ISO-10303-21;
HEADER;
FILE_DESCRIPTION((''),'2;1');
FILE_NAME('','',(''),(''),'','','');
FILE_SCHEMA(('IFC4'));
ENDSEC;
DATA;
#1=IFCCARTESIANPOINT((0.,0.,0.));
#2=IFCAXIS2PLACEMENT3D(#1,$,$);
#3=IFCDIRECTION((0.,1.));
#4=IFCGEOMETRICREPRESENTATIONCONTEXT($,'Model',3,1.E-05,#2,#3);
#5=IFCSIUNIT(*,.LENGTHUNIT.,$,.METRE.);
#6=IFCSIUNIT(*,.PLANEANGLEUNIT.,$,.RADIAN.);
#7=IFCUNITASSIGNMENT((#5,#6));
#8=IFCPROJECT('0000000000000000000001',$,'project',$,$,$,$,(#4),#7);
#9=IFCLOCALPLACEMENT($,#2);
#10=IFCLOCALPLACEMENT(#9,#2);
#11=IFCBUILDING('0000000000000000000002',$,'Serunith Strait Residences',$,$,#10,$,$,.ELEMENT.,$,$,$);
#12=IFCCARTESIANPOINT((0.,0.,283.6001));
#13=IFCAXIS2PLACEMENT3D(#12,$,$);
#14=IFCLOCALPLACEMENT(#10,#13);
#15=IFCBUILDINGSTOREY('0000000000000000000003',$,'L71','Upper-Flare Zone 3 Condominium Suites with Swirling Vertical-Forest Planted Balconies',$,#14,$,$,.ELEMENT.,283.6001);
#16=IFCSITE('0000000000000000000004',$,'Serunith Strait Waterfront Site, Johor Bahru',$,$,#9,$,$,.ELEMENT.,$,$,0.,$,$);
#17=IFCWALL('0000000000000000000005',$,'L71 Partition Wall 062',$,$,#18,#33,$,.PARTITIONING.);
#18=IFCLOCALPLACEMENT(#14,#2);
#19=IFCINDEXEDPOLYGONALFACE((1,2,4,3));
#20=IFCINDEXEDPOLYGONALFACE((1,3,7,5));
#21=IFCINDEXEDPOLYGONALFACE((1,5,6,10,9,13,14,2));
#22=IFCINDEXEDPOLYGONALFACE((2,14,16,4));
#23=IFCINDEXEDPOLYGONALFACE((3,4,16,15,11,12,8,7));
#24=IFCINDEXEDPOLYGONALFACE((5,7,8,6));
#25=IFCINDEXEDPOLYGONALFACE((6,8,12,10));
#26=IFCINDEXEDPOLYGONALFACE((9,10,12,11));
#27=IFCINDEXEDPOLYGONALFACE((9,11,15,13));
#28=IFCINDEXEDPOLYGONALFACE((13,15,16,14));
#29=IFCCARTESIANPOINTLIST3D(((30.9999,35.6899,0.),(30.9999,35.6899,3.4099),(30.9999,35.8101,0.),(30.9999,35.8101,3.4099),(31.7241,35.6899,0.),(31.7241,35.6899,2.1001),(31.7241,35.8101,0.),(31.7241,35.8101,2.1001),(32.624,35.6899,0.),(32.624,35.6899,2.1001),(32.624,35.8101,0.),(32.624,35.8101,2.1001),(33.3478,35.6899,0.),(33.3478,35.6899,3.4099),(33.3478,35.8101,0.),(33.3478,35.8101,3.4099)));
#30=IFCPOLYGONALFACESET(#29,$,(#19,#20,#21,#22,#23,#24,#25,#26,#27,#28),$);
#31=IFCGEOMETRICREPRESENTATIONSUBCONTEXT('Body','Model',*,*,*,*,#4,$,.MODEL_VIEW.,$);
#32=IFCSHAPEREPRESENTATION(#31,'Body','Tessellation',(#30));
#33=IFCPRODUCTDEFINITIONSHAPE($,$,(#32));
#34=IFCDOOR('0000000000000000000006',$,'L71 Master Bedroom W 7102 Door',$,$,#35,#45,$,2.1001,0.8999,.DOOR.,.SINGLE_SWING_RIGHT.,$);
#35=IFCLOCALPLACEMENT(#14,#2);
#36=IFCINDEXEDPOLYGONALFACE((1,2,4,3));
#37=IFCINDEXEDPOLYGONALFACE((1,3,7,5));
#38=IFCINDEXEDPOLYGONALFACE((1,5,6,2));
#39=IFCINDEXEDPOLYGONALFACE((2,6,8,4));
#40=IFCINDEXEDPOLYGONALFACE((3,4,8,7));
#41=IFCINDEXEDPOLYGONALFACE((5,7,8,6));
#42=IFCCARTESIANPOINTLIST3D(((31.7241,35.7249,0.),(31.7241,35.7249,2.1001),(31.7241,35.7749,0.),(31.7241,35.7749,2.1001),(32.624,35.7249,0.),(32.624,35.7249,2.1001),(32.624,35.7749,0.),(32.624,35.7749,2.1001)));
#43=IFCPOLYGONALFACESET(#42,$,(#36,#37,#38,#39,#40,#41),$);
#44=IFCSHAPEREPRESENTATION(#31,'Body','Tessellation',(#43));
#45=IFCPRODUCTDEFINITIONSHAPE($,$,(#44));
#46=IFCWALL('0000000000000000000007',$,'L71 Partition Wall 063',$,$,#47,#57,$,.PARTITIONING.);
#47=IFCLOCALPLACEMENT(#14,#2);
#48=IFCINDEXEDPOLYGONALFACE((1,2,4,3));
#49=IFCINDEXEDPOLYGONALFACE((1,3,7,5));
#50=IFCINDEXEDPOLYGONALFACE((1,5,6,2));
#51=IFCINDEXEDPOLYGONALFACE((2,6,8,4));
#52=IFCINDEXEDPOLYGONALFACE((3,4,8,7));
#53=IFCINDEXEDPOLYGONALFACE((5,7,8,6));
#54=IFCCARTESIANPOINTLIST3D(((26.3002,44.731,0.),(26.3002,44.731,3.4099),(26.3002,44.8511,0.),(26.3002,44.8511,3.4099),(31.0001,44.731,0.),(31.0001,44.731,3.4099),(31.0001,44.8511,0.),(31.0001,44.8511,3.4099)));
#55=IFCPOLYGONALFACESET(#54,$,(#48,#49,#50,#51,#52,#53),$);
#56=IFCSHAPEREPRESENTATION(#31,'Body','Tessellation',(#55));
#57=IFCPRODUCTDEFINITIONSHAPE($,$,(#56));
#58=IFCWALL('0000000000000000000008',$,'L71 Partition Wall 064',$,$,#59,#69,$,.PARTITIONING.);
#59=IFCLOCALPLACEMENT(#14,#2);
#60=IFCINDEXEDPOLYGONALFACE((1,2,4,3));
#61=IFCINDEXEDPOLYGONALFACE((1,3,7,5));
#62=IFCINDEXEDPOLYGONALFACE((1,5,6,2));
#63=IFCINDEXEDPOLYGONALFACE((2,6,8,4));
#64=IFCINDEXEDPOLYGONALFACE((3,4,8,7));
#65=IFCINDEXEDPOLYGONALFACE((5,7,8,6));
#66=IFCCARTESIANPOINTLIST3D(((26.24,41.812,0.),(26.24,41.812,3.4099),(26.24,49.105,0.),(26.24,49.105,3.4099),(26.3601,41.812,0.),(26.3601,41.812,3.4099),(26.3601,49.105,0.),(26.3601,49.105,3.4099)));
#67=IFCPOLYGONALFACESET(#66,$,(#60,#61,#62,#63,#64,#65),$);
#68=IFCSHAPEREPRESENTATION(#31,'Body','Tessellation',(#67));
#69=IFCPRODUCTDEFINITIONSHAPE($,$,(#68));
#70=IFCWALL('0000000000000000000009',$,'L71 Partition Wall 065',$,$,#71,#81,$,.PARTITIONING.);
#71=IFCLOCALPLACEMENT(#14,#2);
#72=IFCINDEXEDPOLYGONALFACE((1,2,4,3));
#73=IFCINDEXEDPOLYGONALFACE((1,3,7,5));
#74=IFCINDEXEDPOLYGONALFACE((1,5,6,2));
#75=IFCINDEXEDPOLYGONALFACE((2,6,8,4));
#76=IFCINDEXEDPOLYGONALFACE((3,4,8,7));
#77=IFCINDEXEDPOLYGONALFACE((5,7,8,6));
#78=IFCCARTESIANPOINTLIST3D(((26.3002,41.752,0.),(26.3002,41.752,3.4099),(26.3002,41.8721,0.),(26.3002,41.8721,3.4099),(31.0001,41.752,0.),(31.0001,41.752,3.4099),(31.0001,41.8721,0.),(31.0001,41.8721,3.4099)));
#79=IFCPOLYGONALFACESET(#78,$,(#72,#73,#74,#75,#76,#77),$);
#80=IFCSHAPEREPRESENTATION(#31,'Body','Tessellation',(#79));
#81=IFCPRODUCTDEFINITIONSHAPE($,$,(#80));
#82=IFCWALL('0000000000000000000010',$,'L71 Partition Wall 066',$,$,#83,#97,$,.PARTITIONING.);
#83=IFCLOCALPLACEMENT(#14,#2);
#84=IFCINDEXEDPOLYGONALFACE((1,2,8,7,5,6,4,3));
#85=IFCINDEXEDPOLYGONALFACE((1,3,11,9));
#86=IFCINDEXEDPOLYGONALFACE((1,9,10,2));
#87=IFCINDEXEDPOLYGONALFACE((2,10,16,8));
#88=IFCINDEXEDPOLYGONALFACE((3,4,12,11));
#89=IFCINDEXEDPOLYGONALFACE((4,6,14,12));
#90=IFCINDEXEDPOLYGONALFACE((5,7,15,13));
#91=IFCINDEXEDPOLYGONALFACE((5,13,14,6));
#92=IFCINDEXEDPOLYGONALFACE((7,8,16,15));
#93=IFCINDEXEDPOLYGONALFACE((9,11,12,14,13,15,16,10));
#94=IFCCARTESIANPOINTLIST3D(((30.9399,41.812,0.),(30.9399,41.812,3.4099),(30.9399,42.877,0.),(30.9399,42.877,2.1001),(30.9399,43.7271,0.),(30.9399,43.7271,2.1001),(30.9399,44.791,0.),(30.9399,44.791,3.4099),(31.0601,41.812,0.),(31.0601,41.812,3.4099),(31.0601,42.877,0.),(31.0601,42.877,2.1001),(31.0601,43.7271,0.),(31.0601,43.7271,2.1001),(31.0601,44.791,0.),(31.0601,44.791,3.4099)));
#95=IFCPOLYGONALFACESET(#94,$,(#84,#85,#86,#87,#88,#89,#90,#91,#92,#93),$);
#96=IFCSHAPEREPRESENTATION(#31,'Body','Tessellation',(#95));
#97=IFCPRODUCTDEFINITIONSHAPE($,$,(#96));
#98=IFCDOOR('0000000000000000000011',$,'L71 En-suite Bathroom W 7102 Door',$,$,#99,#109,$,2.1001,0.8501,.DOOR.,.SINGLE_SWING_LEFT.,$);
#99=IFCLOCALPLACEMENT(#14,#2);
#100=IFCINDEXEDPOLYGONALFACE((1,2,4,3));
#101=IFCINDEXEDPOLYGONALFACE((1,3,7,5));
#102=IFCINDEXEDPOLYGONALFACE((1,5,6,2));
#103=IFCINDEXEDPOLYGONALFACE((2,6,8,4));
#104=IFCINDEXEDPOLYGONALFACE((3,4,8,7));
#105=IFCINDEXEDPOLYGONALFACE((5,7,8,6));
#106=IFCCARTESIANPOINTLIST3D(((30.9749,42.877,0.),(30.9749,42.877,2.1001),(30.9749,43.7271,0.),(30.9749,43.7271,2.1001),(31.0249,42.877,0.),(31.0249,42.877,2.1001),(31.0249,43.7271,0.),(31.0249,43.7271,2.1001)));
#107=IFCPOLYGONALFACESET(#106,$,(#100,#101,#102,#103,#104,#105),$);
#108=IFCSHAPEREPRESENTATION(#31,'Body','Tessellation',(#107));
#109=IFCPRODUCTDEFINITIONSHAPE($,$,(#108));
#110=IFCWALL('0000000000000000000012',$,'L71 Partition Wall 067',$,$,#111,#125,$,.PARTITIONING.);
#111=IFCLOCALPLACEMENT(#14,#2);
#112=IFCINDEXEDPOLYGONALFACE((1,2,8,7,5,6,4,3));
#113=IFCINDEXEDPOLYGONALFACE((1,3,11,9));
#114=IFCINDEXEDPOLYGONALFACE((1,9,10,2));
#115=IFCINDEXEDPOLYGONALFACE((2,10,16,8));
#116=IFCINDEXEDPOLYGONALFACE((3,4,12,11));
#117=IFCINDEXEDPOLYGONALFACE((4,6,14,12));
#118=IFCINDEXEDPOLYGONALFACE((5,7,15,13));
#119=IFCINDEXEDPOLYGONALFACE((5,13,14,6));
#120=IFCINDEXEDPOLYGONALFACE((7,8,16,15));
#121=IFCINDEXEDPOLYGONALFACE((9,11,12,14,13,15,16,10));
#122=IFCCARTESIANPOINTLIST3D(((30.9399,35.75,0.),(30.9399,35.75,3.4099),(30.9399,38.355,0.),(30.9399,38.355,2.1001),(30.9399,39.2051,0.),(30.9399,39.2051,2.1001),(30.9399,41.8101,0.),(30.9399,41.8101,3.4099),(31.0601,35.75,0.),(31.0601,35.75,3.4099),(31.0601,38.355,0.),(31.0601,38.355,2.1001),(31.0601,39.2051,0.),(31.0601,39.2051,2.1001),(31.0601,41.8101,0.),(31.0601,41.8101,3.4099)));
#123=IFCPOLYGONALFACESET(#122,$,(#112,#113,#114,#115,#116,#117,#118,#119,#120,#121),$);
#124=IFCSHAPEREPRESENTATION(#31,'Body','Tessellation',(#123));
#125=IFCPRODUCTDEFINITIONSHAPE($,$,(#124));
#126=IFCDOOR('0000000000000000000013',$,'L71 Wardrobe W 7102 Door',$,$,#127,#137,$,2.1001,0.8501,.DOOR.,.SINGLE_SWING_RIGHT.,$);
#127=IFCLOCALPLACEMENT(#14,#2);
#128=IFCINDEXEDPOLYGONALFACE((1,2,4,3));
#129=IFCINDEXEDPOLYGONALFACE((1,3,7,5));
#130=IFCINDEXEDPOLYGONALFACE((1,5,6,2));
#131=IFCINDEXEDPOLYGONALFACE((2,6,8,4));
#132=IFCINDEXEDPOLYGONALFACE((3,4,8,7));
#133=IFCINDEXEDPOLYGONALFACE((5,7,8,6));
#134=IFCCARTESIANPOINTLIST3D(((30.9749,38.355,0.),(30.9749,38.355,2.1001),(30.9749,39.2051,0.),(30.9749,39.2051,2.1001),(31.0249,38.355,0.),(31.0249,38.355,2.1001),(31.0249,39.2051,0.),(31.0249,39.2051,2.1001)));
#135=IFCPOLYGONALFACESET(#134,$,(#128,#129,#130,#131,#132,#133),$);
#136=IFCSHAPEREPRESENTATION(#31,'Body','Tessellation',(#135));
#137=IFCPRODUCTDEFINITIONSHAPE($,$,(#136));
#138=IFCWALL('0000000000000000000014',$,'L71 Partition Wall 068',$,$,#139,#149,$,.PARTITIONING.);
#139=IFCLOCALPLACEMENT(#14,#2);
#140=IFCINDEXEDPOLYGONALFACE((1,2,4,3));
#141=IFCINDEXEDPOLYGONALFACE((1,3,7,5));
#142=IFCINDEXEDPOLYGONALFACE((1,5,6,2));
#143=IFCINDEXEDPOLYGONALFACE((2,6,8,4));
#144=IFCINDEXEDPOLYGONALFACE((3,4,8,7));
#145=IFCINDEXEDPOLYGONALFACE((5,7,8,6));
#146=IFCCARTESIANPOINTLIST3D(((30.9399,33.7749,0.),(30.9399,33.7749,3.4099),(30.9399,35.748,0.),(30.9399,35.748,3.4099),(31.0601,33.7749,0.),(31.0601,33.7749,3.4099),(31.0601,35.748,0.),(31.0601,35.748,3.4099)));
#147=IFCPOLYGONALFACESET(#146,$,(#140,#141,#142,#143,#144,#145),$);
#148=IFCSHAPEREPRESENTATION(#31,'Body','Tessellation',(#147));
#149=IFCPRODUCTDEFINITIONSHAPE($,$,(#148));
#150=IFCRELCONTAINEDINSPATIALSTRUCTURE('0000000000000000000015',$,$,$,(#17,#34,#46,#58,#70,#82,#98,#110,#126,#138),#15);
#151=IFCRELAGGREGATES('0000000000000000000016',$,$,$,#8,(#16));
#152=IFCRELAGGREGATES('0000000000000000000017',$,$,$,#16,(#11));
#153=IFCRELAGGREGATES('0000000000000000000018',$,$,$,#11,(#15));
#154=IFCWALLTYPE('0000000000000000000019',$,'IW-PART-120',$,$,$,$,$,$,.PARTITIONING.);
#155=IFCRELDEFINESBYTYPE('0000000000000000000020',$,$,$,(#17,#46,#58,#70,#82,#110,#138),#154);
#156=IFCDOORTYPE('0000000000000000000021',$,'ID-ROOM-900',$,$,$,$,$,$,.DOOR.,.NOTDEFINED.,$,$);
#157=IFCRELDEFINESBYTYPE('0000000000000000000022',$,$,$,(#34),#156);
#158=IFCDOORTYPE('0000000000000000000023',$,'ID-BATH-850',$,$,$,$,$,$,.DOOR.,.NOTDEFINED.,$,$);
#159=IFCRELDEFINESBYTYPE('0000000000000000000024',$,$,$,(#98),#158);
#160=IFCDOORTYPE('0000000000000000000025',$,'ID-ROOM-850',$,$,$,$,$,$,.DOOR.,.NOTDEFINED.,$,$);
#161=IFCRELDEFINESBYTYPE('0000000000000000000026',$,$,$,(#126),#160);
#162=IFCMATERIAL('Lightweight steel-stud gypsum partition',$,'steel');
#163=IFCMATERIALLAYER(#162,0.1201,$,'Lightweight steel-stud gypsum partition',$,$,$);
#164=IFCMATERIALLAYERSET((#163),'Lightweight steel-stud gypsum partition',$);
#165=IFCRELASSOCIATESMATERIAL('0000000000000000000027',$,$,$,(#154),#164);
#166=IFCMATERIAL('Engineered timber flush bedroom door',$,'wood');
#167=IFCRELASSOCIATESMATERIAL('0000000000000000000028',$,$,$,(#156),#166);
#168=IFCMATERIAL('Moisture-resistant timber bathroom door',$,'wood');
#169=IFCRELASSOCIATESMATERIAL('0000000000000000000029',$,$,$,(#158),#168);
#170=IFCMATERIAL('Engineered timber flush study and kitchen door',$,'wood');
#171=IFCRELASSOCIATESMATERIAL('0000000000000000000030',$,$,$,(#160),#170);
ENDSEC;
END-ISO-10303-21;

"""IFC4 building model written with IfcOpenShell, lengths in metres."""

from ifc_helpers import new_model, si_unit, direction, frame, frame_2d, origin, place, context, subcontext, project, spatial, rectangle, extrude, source, transform, mapped, material, layer, layer_set, type_object, element, fill, save


model = new_model("IFC4")

# Units and contexts
model_context = context("Model", 3, precision=1e-05, world=origin(), true_north=direction((0.0, 1.0)))
body_context = subcontext(model_context, "Body", "Model", "MODEL_VIEW")
ifc_project = project(units=[si_unit("LENGTHUNIT", "METRE"), si_unit("PLANEANGLEUNIT", "RADIAN")], contexts=[model_context])

# Site, building, storey
site_placement = place(None, origin())
site = spatial("IfcSite", under=ifc_project, at=site_placement, Name="Serunith Strait Waterfront Site, Johor Bahru", CompositionType="ELEMENT", RefElevation=0.0)
building_placement = place(site_placement, origin())
building = spatial("IfcBuilding", under=site, at=building_placement, Name="Serunith Strait Residences", CompositionType="ELEMENT")
storey_placement = place(building_placement, frame((0.0, 0.0, 283.6001)))
storey = spatial("IfcBuildingStorey", under=building, at=storey_placement, Name="L71", Description="Upper-Flare Zone 3 Condominium Suites with Swirling Vertical-Forest Planted Balconies", CompositionType="ELEMENT", Elevation=283.6001)

# Wall, opening, door
ifc_material_1 = material(Name="Lightweight steel-stud gypsum partition", Category="steel")
ifc_layer_1 = layer(ifc_material_1, 0.1201, Name="Lightweight steel-stud gypsum partition")
ifc_layer_set_1 = layer_set([ifc_layer_1], Name="Lightweight steel-stud gypsum partition")
wall_type_1 = type_object("IfcWallType", Name="IW-PART-120", PredefinedType="PARTITIONING", material=ifc_layer_set_1)
wall_1_placement = place(storey_placement, frame((31.0, 35.75, 0.0), z_axis=(0.0, 0.0, 1.0), x_axis=(1.0, 0.0, 0.0)))
wall_1 = element("IfcWall", 1, at=wall_1_placement, inside=storey, type_object=wall_type_1, Name="L71 Partition Wall 062", PredefinedType="PARTITIONING", context=body_context, shape_type="SweptSolid", body=[
    extrude(rectangle(XDim=2.3479, YDim=0.1201, at=frame_2d((1.1738, 0.0))), origin(), (0.0, 0.0, 1.0), 3.4099),
])
opening_1_placement = place(wall_1_placement, frame((0.7241, 0.0, 0.0)))
opening_1 = element("IfcOpeningElement", 2, at=opening_1_placement, cuts=wall_1, PredefinedType="OPENING", context=body_context, shape_type="SweptSolid", body=[
    extrude(rectangle(XDim=0.8999, YDim=2.1001, at=frame_2d((0.45, 1.05))), frame((0.0, 0.0701, 0.0), z_axis=(0.0, -1.0, 0.0), x_axis=(1.0, 0.0, 0.0)), (0.0, 0.0, 1.0), 0.1401),
])
ifc_material_2 = material(Name="Engineered timber flush bedroom door", Category="wood")
door_type_1 = type_object("IfcDoorType", Name="ID-ROOM-900", OperationType="NOTDEFINED", PredefinedType="DOOR", material=ifc_material_2)
shared_shape_1 = source(origin(), body_context, "Body", "SweptSolid", [
    extrude(rectangle(XDim=0.8999, YDim=2.1001, at=frame_2d((0.45, 1.05))), frame((0.0, 0.0249, 0.0), z_axis=(0.0, -1.0, 0.0), x_axis=(1.0, 0.0, 0.0)), (0.0, 0.0, 1.0), 0.05),
])
door_1_placement = place(opening_1_placement, origin())
door_1 = element("IfcDoor", 3, at=door_1_placement, inside=storey, type_object=door_type_1, Name="L71 Master Bedroom W 7102 Door", OperationType="SINGLE_SWING_RIGHT", OverallHeight=2.1001, OverallWidth=0.8999, PredefinedType="DOOR", context=body_context, shape_type="MappedRepresentation", body=[
    mapped(shared_shape_1, transform((0.0, 0.0, 0.0), scale=1.0)),
])
fill(opening_1, door_1)

# Walls
wall_2_placement = place(storey_placement, frame((26.3, 44.791, 0.0), z_axis=(0.0, 0.0, 1.0), x_axis=(1.0, 0.0, 0.0)))
element("IfcWall", 4, at=wall_2_placement, inside=storey, type_object=wall_type_1, Name="L71 Partition Wall 063", PredefinedType="PARTITIONING", context=body_context, shape_type="SweptSolid", body=[
    extrude(rectangle(XDim=4.7, YDim=0.1201, at=frame_2d((2.3501, 0.0))), origin(), (0.0, 0.0, 1.0), 3.4099),
])
wall_3_placement = place(storey_placement, frame((26.3, 49.105, 0.0), z_axis=(0.0, 0.0, 1.0), x_axis=(0.0, -1.0, 0.0)))
element("IfcWall", 5, at=wall_3_placement, inside=storey, type_object=wall_type_1, Name="L71 Partition Wall 064", PredefinedType="PARTITIONING", context=body_context, shape_type="SweptSolid", body=[
    extrude(rectangle(XDim=7.293, YDim=0.1201, at=frame_2d((3.6465, 0.0))), origin(), (0.0, 0.0, 1.0), 3.4099),
])
wall_4_placement = place(storey_placement, frame((26.3, 41.812, 0.0), z_axis=(0.0, 0.0, 1.0), x_axis=(1.0, 0.0, 0.0)))
element("IfcWall", 6, at=wall_4_placement, inside=storey, type_object=wall_type_1, Name="L71 Partition Wall 065", PredefinedType="PARTITIONING", context=body_context, shape_type="SweptSolid", body=[
    extrude(rectangle(XDim=4.7, YDim=0.1201, at=frame_2d((2.3501, 0.0))), origin(), (0.0, 0.0, 1.0), 3.4099),
])

# Walls, openings, doors
wall_5_placement = place(storey_placement, frame((31.0, 44.791, 0.0), z_axis=(0.0, 0.0, 1.0), x_axis=(0.0, -1.0, 0.0)))
wall_5 = element("IfcWall", 7, at=wall_5_placement, inside=storey, type_object=wall_type_1, Name="L71 Partition Wall 066", PredefinedType="PARTITIONING", context=body_context, shape_type="SweptSolid", body=[
    extrude(rectangle(XDim=2.979, YDim=0.1201, at=frame_2d((1.4895, 0.0))), origin(), (0.0, 0.0, 1.0), 3.4099),
])
opening_2_placement = place(wall_5_placement, frame((1.064, 0.0, 0.0)))
opening_2 = element("IfcOpeningElement", 8, at=opening_2_placement, cuts=wall_5, PredefinedType="OPENING", context=body_context, shape_type="SweptSolid", body=[
    extrude(rectangle(XDim=0.8501, YDim=2.1001, at=frame_2d((0.425, 1.05))), frame((0.0, 0.0701, 0.0), z_axis=(0.0, -1.0, 0.0), x_axis=(1.0, 0.0, 0.0)), (0.0, 0.0, 1.0), 0.1401),
])
ifc_material_3 = material(Name="Moisture-resistant timber bathroom door", Category="wood")
door_type_2 = type_object("IfcDoorType", Name="ID-BATH-850", OperationType="NOTDEFINED", PredefinedType="DOOR", material=ifc_material_3)
shared_shape_2 = source(origin(), body_context, "Body", "SweptSolid", [
    extrude(rectangle(XDim=0.8501, YDim=2.1001, at=frame_2d((0.425, 1.05))), frame((0.0, 0.0249, 0.0), z_axis=(0.0, -1.0, 0.0), x_axis=(1.0, 0.0, 0.0)), (0.0, 0.0, 1.0), 0.05),
])
door_2_placement = place(opening_2_placement, origin())
door_2 = element("IfcDoor", 9, at=door_2_placement, inside=storey, type_object=door_type_2, Name="L71 En-suite Bathroom W 7102 Door", OperationType="SINGLE_SWING_LEFT", OverallHeight=2.1001, OverallWidth=0.8501, PredefinedType="DOOR", context=body_context, shape_type="MappedRepresentation", body=[
    mapped(shared_shape_2, transform((0.0, 0.0, 0.0), scale=1.0)),
])
fill(opening_2, door_2)
wall_6_placement = place(storey_placement, frame((31.0, 41.8101, 0.0), z_axis=(0.0, 0.0, 1.0), x_axis=(0.0, -1.0, 0.0)))
wall_6 = element("IfcWall", 10, at=wall_6_placement, inside=storey, type_object=wall_type_1, Name="L71 Partition Wall 067", PredefinedType="PARTITIONING", context=body_context, shape_type="SweptSolid", body=[
    extrude(rectangle(XDim=6.0601, YDim=0.1201, at=frame_2d((3.03, 0.0))), origin(), (0.0, 0.0, 1.0), 3.4099),
])
opening_3_placement = place(wall_6_placement, frame((2.605, 0.0, 0.0)))
opening_3 = element("IfcOpeningElement", 11, at=opening_3_placement, cuts=wall_6, PredefinedType="OPENING", context=body_context, shape_type="SweptSolid", body=[
    extrude(rectangle(XDim=0.8501, YDim=2.1001, at=frame_2d((0.425, 1.05))), frame((0.0, 0.0701, 0.0), z_axis=(0.0, -1.0, 0.0), x_axis=(1.0, 0.0, 0.0)), (0.0, 0.0, 1.0), 0.1401),
])
ifc_material_4 = material(Name="Engineered timber flush study and kitchen door", Category="wood")
door_type_3 = type_object("IfcDoorType", Name="ID-ROOM-850", OperationType="NOTDEFINED", PredefinedType="DOOR", material=ifc_material_4)
door_3_placement = place(opening_3_placement, origin())
door_3 = element("IfcDoor", 12, at=door_3_placement, inside=storey, type_object=door_type_3, Name="L71 Wardrobe W 7102 Door", OperationType="SINGLE_SWING_RIGHT", OverallHeight=2.1001, OverallWidth=0.8501, PredefinedType="DOOR", context=body_context, shape_type="MappedRepresentation", body=[
    mapped(shared_shape_2, transform((0.0, 0.0, 0.0), scale=1.0)),
])
fill(opening_3, door_3)

# Wall
wall_7_placement = place(storey_placement, frame((31.0, 35.748, 0.0), z_axis=(0.0, 0.0, 1.0), x_axis=(0.0, -1.0, 0.0)))
element("IfcWall", 13, at=wall_7_placement, inside=storey, type_object=wall_type_1, Name="L71 Partition Wall 068", PredefinedType="PARTITIONING", context=body_context, shape_type="SweptSolid", body=[
    extrude(rectangle(XDim=1.9731, YDim=0.1201, at=frame_2d((0.9866, 0.0))), origin(), (0.0, 0.0, 1.0), 3.4099),
])

save(model, "model.ifc")
